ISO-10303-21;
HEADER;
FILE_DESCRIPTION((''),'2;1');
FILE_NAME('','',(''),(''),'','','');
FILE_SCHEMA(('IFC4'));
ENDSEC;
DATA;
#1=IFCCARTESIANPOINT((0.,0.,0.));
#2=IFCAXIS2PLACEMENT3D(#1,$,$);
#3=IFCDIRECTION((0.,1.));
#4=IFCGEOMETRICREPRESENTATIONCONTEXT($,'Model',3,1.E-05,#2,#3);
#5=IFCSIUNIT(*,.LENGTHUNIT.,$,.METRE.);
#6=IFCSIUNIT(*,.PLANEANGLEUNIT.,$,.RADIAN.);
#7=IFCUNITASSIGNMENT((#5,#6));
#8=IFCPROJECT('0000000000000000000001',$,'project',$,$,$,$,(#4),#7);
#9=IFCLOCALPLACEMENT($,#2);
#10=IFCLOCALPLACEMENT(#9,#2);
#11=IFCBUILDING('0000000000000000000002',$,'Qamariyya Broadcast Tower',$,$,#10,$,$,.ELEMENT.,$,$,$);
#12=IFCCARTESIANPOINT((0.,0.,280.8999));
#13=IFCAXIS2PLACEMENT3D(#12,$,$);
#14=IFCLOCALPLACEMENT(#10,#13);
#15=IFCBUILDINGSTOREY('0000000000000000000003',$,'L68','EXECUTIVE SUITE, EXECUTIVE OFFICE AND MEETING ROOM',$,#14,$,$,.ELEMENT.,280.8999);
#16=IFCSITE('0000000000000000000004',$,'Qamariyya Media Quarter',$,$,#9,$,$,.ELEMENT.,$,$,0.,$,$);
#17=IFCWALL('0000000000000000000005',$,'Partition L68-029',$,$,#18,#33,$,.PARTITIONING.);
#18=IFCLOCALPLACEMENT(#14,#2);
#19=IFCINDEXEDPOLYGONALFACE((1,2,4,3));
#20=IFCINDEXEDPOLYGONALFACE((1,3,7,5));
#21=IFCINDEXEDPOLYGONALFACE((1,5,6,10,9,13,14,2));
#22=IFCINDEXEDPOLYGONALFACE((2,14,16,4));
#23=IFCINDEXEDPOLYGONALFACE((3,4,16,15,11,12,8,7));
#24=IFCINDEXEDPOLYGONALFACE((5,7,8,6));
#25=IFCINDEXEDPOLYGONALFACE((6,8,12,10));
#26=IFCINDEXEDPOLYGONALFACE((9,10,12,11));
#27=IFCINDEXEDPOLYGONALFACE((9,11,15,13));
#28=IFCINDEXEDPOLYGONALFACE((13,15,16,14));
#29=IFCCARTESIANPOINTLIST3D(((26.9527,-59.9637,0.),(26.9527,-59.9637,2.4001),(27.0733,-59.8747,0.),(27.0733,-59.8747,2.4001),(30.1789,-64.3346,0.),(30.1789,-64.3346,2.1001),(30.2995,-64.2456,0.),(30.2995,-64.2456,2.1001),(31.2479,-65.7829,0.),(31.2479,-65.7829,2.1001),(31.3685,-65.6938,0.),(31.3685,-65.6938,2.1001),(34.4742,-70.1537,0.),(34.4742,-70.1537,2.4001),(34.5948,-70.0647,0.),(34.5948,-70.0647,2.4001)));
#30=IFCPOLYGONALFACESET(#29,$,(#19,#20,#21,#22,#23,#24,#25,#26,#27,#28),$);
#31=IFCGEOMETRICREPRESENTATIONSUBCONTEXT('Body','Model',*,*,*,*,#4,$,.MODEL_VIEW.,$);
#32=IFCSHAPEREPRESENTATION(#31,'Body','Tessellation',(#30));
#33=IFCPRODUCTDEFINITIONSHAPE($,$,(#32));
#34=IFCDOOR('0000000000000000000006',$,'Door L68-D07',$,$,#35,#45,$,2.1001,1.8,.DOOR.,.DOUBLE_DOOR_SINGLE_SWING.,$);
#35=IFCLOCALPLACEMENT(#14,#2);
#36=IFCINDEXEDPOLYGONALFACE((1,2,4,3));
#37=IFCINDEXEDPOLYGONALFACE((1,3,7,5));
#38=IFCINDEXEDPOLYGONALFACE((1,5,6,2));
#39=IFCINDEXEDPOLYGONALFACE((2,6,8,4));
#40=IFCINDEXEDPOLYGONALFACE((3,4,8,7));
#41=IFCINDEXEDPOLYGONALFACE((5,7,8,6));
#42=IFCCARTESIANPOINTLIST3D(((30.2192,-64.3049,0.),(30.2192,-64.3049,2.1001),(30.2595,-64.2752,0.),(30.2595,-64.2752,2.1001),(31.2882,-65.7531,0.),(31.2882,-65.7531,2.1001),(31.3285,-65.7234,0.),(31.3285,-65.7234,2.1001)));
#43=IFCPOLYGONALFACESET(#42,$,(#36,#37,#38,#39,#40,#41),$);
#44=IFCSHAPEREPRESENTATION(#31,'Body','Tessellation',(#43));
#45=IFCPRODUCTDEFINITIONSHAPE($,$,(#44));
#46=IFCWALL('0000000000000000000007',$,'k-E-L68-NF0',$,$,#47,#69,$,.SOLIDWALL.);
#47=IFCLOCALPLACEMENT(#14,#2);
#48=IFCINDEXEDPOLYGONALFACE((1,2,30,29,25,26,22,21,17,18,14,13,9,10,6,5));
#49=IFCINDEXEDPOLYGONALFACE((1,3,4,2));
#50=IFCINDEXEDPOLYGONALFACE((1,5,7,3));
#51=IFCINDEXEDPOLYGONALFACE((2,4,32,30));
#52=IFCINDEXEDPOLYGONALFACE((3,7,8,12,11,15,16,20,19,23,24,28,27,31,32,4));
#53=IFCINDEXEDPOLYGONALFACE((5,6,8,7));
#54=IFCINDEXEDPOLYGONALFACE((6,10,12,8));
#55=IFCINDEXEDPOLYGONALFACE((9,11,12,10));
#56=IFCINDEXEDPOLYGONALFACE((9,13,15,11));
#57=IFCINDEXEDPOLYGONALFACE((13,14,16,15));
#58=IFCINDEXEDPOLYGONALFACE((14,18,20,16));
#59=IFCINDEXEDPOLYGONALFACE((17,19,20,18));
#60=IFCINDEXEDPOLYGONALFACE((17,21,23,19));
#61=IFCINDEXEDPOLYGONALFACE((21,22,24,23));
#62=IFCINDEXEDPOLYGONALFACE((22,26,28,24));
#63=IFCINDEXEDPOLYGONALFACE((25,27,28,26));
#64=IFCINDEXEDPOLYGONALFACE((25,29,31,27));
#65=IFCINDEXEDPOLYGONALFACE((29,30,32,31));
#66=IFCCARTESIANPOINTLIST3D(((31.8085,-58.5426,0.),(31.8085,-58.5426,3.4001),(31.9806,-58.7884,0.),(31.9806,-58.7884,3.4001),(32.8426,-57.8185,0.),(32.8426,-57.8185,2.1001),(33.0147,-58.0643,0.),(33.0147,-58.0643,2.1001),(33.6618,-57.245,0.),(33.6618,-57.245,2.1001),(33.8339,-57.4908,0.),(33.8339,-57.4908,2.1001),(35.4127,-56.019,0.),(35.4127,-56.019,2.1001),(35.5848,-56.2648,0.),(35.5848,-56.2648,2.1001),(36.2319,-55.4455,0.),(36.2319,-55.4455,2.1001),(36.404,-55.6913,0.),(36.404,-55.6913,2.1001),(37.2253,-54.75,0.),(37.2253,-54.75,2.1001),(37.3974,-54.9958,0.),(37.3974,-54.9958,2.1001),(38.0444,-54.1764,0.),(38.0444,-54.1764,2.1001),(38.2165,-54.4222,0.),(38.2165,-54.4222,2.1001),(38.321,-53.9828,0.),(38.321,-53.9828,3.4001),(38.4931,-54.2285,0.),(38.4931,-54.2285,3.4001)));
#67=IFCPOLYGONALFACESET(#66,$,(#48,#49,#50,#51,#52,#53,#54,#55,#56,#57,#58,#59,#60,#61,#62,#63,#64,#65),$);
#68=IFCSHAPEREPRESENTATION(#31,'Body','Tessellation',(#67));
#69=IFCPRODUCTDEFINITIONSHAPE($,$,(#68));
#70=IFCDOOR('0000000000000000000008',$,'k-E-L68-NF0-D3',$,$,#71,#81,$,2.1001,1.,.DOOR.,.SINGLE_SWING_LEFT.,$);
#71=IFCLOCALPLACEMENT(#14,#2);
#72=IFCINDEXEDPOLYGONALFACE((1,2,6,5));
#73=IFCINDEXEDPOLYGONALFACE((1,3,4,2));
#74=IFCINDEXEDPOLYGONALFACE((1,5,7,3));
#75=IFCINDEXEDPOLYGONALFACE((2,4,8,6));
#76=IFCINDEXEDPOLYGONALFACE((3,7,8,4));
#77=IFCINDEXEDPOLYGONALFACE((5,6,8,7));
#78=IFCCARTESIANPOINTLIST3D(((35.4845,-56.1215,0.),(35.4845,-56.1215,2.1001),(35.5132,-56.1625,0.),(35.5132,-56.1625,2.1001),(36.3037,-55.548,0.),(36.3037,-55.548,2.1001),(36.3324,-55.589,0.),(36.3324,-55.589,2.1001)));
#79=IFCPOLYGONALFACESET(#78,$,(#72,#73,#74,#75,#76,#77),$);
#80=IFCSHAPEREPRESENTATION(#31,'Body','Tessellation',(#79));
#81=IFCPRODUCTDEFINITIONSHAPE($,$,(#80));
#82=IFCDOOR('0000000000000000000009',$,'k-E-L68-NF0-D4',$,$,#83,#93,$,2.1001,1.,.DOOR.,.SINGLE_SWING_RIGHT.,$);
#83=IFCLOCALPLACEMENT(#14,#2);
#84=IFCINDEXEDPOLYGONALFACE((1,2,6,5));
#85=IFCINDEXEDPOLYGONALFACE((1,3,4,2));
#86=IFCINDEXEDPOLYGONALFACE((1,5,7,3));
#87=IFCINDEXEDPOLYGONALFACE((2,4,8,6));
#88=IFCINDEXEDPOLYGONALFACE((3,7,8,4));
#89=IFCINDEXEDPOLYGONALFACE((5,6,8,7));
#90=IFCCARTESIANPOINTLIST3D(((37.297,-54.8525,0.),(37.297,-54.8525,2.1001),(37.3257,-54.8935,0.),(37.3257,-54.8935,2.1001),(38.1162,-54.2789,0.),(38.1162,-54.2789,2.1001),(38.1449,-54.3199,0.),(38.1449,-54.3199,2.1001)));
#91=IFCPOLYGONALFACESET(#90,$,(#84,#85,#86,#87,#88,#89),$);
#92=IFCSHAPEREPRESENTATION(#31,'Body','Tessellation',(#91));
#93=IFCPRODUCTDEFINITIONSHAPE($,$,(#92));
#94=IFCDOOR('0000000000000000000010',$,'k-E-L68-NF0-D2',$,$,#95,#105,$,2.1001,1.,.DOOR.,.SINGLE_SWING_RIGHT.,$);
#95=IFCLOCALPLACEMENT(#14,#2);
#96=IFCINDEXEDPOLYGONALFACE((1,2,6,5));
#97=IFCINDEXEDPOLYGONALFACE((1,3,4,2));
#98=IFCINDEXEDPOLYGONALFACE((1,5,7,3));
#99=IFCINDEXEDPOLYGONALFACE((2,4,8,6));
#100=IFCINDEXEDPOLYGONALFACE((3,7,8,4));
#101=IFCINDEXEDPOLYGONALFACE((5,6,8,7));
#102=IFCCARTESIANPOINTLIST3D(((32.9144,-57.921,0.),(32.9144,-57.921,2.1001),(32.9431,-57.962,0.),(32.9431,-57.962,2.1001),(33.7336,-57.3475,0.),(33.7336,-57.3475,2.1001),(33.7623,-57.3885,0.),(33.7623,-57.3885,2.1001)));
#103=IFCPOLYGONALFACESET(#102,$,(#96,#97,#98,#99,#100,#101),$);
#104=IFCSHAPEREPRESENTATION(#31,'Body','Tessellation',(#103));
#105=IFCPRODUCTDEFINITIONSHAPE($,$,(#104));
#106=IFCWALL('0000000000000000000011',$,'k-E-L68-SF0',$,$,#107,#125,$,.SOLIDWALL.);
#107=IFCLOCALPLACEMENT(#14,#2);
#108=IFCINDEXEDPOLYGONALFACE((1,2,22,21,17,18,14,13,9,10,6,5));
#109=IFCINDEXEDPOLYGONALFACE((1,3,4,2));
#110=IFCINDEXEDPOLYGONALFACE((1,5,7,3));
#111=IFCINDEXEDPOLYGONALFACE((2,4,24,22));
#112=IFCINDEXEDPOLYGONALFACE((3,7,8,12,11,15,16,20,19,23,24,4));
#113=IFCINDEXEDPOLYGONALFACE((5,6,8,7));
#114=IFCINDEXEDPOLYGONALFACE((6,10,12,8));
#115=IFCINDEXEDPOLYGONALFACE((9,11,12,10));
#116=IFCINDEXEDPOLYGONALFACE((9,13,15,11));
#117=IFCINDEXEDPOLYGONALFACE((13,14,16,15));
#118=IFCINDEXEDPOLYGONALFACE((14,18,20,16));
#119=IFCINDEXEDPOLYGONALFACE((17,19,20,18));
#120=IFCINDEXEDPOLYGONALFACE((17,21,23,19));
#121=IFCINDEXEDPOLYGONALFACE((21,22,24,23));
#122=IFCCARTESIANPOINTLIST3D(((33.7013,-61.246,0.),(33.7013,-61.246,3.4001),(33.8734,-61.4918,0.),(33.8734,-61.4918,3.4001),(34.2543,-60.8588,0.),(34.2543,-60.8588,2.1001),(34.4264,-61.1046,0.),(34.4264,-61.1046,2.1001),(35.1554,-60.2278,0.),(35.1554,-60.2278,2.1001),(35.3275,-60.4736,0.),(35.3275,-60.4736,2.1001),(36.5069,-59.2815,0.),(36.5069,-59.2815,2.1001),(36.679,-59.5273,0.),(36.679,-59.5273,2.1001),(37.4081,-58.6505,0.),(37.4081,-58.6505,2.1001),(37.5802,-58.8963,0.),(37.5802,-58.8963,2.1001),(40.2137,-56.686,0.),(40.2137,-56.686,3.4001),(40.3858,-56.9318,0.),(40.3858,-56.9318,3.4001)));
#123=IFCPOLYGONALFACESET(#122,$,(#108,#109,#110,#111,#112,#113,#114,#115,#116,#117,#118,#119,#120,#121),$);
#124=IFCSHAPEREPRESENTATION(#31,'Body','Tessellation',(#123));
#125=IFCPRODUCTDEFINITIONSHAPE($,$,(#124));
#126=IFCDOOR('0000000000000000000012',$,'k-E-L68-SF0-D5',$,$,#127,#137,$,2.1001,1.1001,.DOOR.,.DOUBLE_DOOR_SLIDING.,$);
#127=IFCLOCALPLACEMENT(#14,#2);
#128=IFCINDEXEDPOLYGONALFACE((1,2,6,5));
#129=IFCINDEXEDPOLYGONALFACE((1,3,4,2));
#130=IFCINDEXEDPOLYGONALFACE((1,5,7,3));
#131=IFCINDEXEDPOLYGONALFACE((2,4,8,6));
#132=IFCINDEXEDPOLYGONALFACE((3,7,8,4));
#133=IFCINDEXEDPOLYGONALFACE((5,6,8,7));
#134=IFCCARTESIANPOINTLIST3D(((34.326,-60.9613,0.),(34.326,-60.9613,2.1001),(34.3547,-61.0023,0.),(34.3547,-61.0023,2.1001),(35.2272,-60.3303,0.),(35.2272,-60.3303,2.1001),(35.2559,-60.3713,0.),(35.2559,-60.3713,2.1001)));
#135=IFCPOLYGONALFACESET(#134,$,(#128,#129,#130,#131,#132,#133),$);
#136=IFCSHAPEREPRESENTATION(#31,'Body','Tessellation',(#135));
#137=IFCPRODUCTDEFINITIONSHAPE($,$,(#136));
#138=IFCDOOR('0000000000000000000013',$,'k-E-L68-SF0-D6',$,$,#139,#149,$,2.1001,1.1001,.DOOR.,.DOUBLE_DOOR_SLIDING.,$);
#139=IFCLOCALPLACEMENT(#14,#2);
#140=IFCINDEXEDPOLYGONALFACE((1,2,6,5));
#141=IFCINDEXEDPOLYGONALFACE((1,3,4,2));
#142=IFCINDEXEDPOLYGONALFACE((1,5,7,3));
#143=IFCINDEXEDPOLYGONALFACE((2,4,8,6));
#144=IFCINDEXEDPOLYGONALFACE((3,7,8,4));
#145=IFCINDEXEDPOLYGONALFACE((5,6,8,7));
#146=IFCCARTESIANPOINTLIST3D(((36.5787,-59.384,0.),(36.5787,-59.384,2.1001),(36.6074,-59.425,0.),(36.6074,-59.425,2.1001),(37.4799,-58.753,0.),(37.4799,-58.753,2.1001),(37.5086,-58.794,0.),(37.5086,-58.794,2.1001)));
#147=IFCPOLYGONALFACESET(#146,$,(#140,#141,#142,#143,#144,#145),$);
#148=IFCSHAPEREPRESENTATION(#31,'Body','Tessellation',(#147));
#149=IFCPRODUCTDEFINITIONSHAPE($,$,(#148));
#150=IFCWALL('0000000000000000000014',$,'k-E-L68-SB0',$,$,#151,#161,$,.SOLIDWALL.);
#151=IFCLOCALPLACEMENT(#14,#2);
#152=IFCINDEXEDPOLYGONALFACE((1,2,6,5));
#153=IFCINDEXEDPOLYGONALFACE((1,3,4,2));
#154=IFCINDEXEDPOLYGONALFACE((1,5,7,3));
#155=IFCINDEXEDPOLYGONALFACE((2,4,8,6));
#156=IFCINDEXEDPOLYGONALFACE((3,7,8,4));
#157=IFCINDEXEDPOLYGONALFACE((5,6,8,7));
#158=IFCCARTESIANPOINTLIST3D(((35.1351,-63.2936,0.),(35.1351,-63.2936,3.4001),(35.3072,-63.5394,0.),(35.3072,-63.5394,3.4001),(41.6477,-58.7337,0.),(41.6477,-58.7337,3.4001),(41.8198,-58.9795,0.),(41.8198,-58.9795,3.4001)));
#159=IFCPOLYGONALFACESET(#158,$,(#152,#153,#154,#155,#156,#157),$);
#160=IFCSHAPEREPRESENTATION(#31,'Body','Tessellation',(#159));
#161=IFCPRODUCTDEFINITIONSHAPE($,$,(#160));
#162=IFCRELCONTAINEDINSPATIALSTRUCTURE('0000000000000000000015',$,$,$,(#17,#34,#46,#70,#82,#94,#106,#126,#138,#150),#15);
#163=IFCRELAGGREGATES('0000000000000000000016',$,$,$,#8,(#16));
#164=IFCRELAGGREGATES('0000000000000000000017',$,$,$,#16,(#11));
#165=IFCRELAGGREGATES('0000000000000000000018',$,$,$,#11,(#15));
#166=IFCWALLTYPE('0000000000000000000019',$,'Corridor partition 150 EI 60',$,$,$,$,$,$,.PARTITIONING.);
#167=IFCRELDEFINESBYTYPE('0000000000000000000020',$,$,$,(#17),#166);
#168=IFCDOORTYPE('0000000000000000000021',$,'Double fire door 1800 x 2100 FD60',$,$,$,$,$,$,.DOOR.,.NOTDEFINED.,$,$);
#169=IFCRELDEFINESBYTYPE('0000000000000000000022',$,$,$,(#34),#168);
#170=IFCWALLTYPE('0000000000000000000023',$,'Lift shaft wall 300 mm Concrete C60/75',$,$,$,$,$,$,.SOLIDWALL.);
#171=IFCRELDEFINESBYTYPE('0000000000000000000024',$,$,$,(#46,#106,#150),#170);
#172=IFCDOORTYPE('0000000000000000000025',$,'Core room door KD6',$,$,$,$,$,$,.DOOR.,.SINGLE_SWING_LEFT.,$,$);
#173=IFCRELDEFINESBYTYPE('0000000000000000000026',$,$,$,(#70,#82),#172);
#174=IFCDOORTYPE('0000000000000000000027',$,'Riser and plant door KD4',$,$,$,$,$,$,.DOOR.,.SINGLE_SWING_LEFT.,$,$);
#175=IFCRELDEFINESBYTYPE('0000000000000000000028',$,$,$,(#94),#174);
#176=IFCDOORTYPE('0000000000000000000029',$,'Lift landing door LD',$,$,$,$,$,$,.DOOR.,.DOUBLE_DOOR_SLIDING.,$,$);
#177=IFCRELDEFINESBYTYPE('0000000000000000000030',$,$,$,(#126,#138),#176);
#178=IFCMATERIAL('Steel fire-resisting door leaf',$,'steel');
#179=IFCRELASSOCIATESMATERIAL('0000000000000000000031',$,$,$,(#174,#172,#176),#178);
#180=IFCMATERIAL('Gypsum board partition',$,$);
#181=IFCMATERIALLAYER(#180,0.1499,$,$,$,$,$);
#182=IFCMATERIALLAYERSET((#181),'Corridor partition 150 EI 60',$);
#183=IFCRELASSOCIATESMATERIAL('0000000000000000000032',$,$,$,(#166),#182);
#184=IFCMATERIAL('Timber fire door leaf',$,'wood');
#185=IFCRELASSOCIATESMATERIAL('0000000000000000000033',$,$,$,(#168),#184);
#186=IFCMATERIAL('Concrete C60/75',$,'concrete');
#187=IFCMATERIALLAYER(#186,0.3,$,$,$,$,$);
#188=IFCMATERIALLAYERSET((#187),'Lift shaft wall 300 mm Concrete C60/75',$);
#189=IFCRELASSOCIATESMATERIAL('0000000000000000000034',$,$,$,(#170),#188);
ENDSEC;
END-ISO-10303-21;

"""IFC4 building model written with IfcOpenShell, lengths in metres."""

from ifc_helpers import new_model, si_unit, direction, frame, frame_2d, origin, place, context, subcontext, project, spatial, rectangle, extrude, material, layer, layer_set, type_object, element, fill, save


model = new_model("IFC4")

# Units and contexts
model_context = context("Model", 3, precision=1e-05, world=origin(), true_north=direction((0.0, 1.0)))
body_context = subcontext(model_context, "Body", "Model", "MODEL_VIEW")
ifc_project = project(units=[si_unit("LENGTHUNIT", "METRE"), si_unit("PLANEANGLEUNIT", "RADIAN")], contexts=[model_context])

# Site, building, storey
site_placement = place(None, origin())
site = spatial("IfcSite", under=ifc_project, at=site_placement, Name="Qamariyya Media Quarter", CompositionType="ELEMENT", RefElevation=0.0)
building_placement = place(site_placement, origin())
building = spatial("IfcBuilding", under=site, at=building_placement, Name="Qamariyya Broadcast Tower", CompositionType="ELEMENT")
storey_placement = place(building_placement, frame((0.0, 0.0, 280.8999)))
storey = spatial("IfcBuildingStorey", under=building, at=storey_placement, Name="L68", Description="EXECUTIVE SUITE, EXECUTIVE OFFICE AND MEETING ROOM", CompositionType="ELEMENT", Elevation=280.8999)

# Shared definitions
ifc_material_1 = material(Name="Concrete C60/75", Category="concrete")
ifc_material_2 = material(Name="Steel fire-resisting door leaf", Category="steel")

# Shared definitions
door_type_1 = type_object("IfcDoorType", Name="Riser and plant door KD4", OperationType="SINGLE_SWING_LEFT", PredefinedType="DOOR", material=ifc_material_2)

# Wall, opening, door
ifc_material_3 = material(Name="Gypsum board partition")
ifc_layer_1 = layer(ifc_material_3, 0.1499)
ifc_layer_set_1 = layer_set([ifc_layer_1], Name="Corridor partition 150 EI 60")
wall_type_1 = type_object("IfcWallType", Name="Corridor partition 150 EI 60", PredefinedType="PARTITIONING", material=ifc_layer_set_1)
wall_1_placement = place(storey_placement, frame((34.5344, -70.1091, 0.0), z_axis=(0.0, 0.0, 1.0), x_axis=(-0.59387, 0.804561, 0.0)))
wall_1 = element("IfcWall", 1, at=wall_1_placement, inside=storey, type_object=wall_type_1, Name="Partition L68-029", PredefinedType="PARTITIONING", context=body_context, shape_type="SweptSolid", body=[
    extrude(rectangle(XDim=12.6653, YDim=0.1499, at=frame_2d((6.3325, 0.0))), origin(), (0.0, 0.0, 1.0), 2.4001),
])
opening_1_placement = place(wall_1_placement, frame((5.4326, 0.0, 0.0)))
opening_1 = element("IfcOpeningElement", 2, at=opening_1_placement, cuts=wall_1, PredefinedType="OPENING", context=body_context, shape_type="SweptSolid", body=[
    extrude(rectangle(XDim=1.8, YDim=2.1001, at=frame_2d((0.8999, 1.05))), frame((0.0, 0.085, 0.0), z_axis=(0.0, -1.0, 0.0), x_axis=(1.0, 0.0, 0.0)), (0.0, 0.0, 1.0), 0.1699),
])
ifc_material_4 = material(Name="Timber fire door leaf", Category="wood")
door_type_2 = type_object("IfcDoorType", Name="Double fire door 1800 x 2100 FD60", OperationType="NOTDEFINED", PredefinedType="DOOR", material=ifc_material_4)
door_1_placement = place(opening_1_placement, origin())
door_1 = element("IfcDoor", 3, at=door_1_placement, inside=storey, type_object=door_type_2, Name="Door L68-D07", OperationType="DOUBLE_DOOR_SINGLE_SWING", OverallHeight=2.1001, OverallWidth=1.8, PredefinedType="DOOR", context=body_context, shape_type="SweptSolid", body=[
    extrude(rectangle(XDim=1.8, YDim=2.1001, at=frame_2d((0.8999, 1.05))), frame((0.0, 0.0249, 0.0), z_axis=(0.0, -1.0, 0.0), x_axis=(1.0, 0.0, 0.0)), (0.0, 0.0, 1.0), 0.05),
])
fill(opening_1, door_1)

# Walls, openings, doors
ifc_layer_2 = layer(ifc_material_1, 0.3)
ifc_layer_set_2 = layer_set([ifc_layer_2], Name="Lift shaft wall 300 mm Concrete C60/75")
wall_type_2 = type_object("IfcWallType", Name="Lift shaft wall 300 mm Concrete C60/75", PredefinedType="SOLIDWALL", material=ifc_layer_set_2)
wall_2_placement = place(storey_placement, frame((31.8945, -58.6655, 0.0), z_axis=(0.0, 0.0, 1.0), x_axis=(0.819167, 0.573555, 0.0)))
wall_2 = element("IfcWall", 4, at=wall_2_placement, inside=storey, type_object=wall_type_2, Name="k-E-L68-NF0", PredefinedType="SOLIDWALL", context=body_context, shape_type="SweptSolid", body=[
    extrude(rectangle(XDim=7.9502, YDim=0.3, at=frame_2d((3.9751, 0.0))), origin(), (0.0, 0.0, 1.0), 3.4001),
])
opening_2_placement = place(wall_2_placement, frame((1.2625, 0.0, 0.0)))
opening_2 = element("IfcOpeningElement", 5, at=opening_2_placement, cuts=wall_2, PredefinedType="OPENING", context=body_context, shape_type="SweptSolid", body=[
    extrude(rectangle(XDim=1.0, YDim=2.1001, at=frame_2d((0.5, 1.05))), frame((0.0, 0.1599, 0.0), z_axis=(0.0, -1.0, 0.0), x_axis=(1.0, 0.0, 0.0)), (0.0, 0.0, 1.0), 0.3201),
])
opening_3_placement = place(wall_2_placement, frame((4.3999, 0.0, 0.0)))
opening_3 = element("IfcOpeningElement", 6, at=opening_3_placement, cuts=wall_2, PredefinedType="OPENING", context=body_context, shape_type="SweptSolid", body=[
    extrude(rectangle(XDim=1.0, YDim=2.1001, at=frame_2d((0.5, 1.05))), frame((0.0, 0.1599, 0.0), z_axis=(0.0, -1.0, 0.0), x_axis=(1.0, 0.0, 0.0)), (0.0, 0.0, 1.0), 0.3201),
])
opening_4_placement = place(wall_2_placement, frame((6.6125, 0.0, 0.0)))
opening_4 = element("IfcOpeningElement", 7, at=opening_4_placement, cuts=wall_2, PredefinedType="OPENING", context=body_context, shape_type="SweptSolid", body=[
    extrude(rectangle(XDim=1.0, YDim=2.1001, at=frame_2d((0.5, 1.05))), frame((0.0, 0.1599, 0.0), z_axis=(0.0, -1.0, 0.0), x_axis=(1.0, 0.0, 0.0)), (0.0, 0.0, 1.0), 0.3201),
])
door_type_3 = type_object("IfcDoorType", Name="Core room door KD6", OperationType="SINGLE_SWING_LEFT", PredefinedType="DOOR", material=ifc_material_2)
door_2_placement = place(opening_3_placement, origin())
door_2 = element("IfcDoor", 8, at=door_2_placement, inside=storey, type_object=door_type_3, Name="k-E-L68-NF0-D3", OperationType="SINGLE_SWING_LEFT", OverallHeight=2.1001, OverallWidth=1.0, PredefinedType="DOOR", context=body_context, shape_type="SweptSolid", body=[
    extrude(rectangle(XDim=1.0, YDim=2.1001, at=frame_2d((0.5, 1.05))), frame((0.0, 0.0249, 0.0), z_axis=(0.0, -1.0, 0.0), x_axis=(1.0, 0.0, 0.0)), (0.0, 0.0, 1.0), 0.05),
])
fill(opening_3, door_2)
door_3_placement = place(opening_4_placement, origin())
door_3 = element("IfcDoor", 9, at=door_3_placement, inside=storey, type_object=door_type_3, Name="k-E-L68-NF0-D4", OperationType="SINGLE_SWING_RIGHT", OverallHeight=2.1001, OverallWidth=1.0, PredefinedType="DOOR", context=body_context, shape_type="SweptSolid", body=[
    extrude(rectangle(XDim=1.0, YDim=2.1001, at=frame_2d((0.5, 1.05))), frame((0.0, 0.0249, 0.0), z_axis=(0.0, -1.0, 0.0), x_axis=(1.0, 0.0, 0.0)), (0.0, 0.0, 1.0), 0.05),
])
fill(opening_4, door_3)
door_4_placement = place(opening_2_placement, origin())
door_4 = element("IfcDoor", 10, at=door_4_placement, inside=storey, type_object=door_type_1, Name="k-E-L68-NF0-D2", OperationType="SINGLE_SWING_RIGHT", OverallHeight=2.1001, OverallWidth=1.0, PredefinedType="DOOR", context=body_context, shape_type="SweptSolid", body=[
    extrude(rectangle(XDim=1.0, YDim=2.1001, at=frame_2d((0.5, 1.05))), frame((0.0, 0.0249, 0.0), z_axis=(0.0, -1.0, 0.0), x_axis=(1.0, 0.0, 0.0)), (0.0, 0.0, 1.0), 0.05),
])
fill(opening_2, door_4)
wall_3_placement = place(storey_placement, frame((33.7874, -61.3689, 0.0), z_axis=(0.0, 0.0, 1.0), x_axis=(0.819153, 0.573576, 0.0)))
wall_3 = element("IfcWall", 11, at=wall_3_placement, inside=storey, type_object=wall_type_2, Name="k-E-L68-SF0", PredefinedType="SOLIDWALL", context=body_context, shape_type="SweptSolid", body=[
    extrude(rectangle(XDim=7.9502, YDim=0.3, at=frame_2d((3.9751, 0.0))), origin(), (0.0, 0.0, 1.0), 3.4001),
])
opening_5_placement = place(wall_3_placement, frame((0.675, 0.0, 0.0)))
opening_5 = element("IfcOpeningElement", 12, at=opening_5_placement, cuts=wall_3, PredefinedType="OPENING", context=body_context, shape_type="SweptSolid", body=[
    extrude(rectangle(XDim=1.1001, YDim=2.1001, at=frame_2d((0.55, 1.05))), frame((0.0, 0.1599, 0.0), z_axis=(0.0, -1.0, 0.0), x_axis=(1.0, 0.0, 0.0)), (0.0, 0.0, 1.0), 0.3201),
])
opening_6_placement = place(wall_3_placement, frame((3.425, 0.0, 0.0)))
opening_6 = element("IfcOpeningElement", 13, at=opening_6_placement, cuts=wall_3, PredefinedType="OPENING", context=body_context, shape_type="SweptSolid", body=[
    extrude(rectangle(XDim=1.1001, YDim=2.1001, at=frame_2d((0.55, 1.05))), frame((0.0, 0.1599, 0.0), z_axis=(0.0, -1.0, 0.0), x_axis=(1.0, 0.0, 0.0)), (0.0, 0.0, 1.0), 0.3201),
])
door_type_4 = type_object("IfcDoorType", Name="Lift landing door LD", OperationType="DOUBLE_DOOR_SLIDING", PredefinedType="DOOR", material=ifc_material_2)
door_5_placement = place(opening_5_placement, origin())
door_5 = element("IfcDoor", 14, at=door_5_placement, inside=storey, type_object=door_type_4, Name="k-E-L68-SF0-D5", OperationType="DOUBLE_DOOR_SLIDING", OverallHeight=2.1001, OverallWidth=1.1001, PredefinedType="DOOR", context=body_context, shape_type="SweptSolid", body=[
    extrude(rectangle(XDim=1.1001, YDim=2.1001, at=frame_2d((0.55, 1.05))), frame((0.0, 0.0249, 0.0), z_axis=(0.0, -1.0, 0.0), x_axis=(1.0, 0.0, 0.0)), (0.0, 0.0, 1.0), 0.05),
])
fill(opening_5, door_5)
door_6_placement = place(opening_6_placement, origin())
door_6 = element("IfcDoor", 15, at=door_6_placement, inside=storey, type_object=door_type_4, Name="k-E-L68-SF0-D6", OperationType="DOUBLE_DOOR_SLIDING", OverallHeight=2.1001, OverallWidth=1.1001, PredefinedType="DOOR", context=body_context, shape_type="SweptSolid", body=[
    extrude(rectangle(XDim=1.1001, YDim=2.1001, at=frame_2d((0.55, 1.05))), frame((0.0, 0.0249, 0.0), z_axis=(0.0, -1.0, 0.0), x_axis=(1.0, 0.0, 0.0)), (0.0, 0.0, 1.0), 0.05),
])
fill(opening_6, door_6)

# Wall
wall_4_placement = place(storey_placement, frame((35.2212, -63.4165, 0.0), z_axis=(0.0, 0.0, 1.0), x_axis=(0.819167, 0.573555, 0.0)))
element("IfcWall", 16, at=wall_4_placement, inside=storey, type_object=wall_type_2, Name="k-E-L68-SB0", PredefinedType="SOLIDWALL", context=body_context, shape_type="SweptSolid", body=[
    extrude(rectangle(XDim=7.9502, YDim=0.3, at=frame_2d((3.9751, 0.0))), origin(), (0.0, 0.0, 1.0), 3.4001),
])

save(model, "model.ifc")
